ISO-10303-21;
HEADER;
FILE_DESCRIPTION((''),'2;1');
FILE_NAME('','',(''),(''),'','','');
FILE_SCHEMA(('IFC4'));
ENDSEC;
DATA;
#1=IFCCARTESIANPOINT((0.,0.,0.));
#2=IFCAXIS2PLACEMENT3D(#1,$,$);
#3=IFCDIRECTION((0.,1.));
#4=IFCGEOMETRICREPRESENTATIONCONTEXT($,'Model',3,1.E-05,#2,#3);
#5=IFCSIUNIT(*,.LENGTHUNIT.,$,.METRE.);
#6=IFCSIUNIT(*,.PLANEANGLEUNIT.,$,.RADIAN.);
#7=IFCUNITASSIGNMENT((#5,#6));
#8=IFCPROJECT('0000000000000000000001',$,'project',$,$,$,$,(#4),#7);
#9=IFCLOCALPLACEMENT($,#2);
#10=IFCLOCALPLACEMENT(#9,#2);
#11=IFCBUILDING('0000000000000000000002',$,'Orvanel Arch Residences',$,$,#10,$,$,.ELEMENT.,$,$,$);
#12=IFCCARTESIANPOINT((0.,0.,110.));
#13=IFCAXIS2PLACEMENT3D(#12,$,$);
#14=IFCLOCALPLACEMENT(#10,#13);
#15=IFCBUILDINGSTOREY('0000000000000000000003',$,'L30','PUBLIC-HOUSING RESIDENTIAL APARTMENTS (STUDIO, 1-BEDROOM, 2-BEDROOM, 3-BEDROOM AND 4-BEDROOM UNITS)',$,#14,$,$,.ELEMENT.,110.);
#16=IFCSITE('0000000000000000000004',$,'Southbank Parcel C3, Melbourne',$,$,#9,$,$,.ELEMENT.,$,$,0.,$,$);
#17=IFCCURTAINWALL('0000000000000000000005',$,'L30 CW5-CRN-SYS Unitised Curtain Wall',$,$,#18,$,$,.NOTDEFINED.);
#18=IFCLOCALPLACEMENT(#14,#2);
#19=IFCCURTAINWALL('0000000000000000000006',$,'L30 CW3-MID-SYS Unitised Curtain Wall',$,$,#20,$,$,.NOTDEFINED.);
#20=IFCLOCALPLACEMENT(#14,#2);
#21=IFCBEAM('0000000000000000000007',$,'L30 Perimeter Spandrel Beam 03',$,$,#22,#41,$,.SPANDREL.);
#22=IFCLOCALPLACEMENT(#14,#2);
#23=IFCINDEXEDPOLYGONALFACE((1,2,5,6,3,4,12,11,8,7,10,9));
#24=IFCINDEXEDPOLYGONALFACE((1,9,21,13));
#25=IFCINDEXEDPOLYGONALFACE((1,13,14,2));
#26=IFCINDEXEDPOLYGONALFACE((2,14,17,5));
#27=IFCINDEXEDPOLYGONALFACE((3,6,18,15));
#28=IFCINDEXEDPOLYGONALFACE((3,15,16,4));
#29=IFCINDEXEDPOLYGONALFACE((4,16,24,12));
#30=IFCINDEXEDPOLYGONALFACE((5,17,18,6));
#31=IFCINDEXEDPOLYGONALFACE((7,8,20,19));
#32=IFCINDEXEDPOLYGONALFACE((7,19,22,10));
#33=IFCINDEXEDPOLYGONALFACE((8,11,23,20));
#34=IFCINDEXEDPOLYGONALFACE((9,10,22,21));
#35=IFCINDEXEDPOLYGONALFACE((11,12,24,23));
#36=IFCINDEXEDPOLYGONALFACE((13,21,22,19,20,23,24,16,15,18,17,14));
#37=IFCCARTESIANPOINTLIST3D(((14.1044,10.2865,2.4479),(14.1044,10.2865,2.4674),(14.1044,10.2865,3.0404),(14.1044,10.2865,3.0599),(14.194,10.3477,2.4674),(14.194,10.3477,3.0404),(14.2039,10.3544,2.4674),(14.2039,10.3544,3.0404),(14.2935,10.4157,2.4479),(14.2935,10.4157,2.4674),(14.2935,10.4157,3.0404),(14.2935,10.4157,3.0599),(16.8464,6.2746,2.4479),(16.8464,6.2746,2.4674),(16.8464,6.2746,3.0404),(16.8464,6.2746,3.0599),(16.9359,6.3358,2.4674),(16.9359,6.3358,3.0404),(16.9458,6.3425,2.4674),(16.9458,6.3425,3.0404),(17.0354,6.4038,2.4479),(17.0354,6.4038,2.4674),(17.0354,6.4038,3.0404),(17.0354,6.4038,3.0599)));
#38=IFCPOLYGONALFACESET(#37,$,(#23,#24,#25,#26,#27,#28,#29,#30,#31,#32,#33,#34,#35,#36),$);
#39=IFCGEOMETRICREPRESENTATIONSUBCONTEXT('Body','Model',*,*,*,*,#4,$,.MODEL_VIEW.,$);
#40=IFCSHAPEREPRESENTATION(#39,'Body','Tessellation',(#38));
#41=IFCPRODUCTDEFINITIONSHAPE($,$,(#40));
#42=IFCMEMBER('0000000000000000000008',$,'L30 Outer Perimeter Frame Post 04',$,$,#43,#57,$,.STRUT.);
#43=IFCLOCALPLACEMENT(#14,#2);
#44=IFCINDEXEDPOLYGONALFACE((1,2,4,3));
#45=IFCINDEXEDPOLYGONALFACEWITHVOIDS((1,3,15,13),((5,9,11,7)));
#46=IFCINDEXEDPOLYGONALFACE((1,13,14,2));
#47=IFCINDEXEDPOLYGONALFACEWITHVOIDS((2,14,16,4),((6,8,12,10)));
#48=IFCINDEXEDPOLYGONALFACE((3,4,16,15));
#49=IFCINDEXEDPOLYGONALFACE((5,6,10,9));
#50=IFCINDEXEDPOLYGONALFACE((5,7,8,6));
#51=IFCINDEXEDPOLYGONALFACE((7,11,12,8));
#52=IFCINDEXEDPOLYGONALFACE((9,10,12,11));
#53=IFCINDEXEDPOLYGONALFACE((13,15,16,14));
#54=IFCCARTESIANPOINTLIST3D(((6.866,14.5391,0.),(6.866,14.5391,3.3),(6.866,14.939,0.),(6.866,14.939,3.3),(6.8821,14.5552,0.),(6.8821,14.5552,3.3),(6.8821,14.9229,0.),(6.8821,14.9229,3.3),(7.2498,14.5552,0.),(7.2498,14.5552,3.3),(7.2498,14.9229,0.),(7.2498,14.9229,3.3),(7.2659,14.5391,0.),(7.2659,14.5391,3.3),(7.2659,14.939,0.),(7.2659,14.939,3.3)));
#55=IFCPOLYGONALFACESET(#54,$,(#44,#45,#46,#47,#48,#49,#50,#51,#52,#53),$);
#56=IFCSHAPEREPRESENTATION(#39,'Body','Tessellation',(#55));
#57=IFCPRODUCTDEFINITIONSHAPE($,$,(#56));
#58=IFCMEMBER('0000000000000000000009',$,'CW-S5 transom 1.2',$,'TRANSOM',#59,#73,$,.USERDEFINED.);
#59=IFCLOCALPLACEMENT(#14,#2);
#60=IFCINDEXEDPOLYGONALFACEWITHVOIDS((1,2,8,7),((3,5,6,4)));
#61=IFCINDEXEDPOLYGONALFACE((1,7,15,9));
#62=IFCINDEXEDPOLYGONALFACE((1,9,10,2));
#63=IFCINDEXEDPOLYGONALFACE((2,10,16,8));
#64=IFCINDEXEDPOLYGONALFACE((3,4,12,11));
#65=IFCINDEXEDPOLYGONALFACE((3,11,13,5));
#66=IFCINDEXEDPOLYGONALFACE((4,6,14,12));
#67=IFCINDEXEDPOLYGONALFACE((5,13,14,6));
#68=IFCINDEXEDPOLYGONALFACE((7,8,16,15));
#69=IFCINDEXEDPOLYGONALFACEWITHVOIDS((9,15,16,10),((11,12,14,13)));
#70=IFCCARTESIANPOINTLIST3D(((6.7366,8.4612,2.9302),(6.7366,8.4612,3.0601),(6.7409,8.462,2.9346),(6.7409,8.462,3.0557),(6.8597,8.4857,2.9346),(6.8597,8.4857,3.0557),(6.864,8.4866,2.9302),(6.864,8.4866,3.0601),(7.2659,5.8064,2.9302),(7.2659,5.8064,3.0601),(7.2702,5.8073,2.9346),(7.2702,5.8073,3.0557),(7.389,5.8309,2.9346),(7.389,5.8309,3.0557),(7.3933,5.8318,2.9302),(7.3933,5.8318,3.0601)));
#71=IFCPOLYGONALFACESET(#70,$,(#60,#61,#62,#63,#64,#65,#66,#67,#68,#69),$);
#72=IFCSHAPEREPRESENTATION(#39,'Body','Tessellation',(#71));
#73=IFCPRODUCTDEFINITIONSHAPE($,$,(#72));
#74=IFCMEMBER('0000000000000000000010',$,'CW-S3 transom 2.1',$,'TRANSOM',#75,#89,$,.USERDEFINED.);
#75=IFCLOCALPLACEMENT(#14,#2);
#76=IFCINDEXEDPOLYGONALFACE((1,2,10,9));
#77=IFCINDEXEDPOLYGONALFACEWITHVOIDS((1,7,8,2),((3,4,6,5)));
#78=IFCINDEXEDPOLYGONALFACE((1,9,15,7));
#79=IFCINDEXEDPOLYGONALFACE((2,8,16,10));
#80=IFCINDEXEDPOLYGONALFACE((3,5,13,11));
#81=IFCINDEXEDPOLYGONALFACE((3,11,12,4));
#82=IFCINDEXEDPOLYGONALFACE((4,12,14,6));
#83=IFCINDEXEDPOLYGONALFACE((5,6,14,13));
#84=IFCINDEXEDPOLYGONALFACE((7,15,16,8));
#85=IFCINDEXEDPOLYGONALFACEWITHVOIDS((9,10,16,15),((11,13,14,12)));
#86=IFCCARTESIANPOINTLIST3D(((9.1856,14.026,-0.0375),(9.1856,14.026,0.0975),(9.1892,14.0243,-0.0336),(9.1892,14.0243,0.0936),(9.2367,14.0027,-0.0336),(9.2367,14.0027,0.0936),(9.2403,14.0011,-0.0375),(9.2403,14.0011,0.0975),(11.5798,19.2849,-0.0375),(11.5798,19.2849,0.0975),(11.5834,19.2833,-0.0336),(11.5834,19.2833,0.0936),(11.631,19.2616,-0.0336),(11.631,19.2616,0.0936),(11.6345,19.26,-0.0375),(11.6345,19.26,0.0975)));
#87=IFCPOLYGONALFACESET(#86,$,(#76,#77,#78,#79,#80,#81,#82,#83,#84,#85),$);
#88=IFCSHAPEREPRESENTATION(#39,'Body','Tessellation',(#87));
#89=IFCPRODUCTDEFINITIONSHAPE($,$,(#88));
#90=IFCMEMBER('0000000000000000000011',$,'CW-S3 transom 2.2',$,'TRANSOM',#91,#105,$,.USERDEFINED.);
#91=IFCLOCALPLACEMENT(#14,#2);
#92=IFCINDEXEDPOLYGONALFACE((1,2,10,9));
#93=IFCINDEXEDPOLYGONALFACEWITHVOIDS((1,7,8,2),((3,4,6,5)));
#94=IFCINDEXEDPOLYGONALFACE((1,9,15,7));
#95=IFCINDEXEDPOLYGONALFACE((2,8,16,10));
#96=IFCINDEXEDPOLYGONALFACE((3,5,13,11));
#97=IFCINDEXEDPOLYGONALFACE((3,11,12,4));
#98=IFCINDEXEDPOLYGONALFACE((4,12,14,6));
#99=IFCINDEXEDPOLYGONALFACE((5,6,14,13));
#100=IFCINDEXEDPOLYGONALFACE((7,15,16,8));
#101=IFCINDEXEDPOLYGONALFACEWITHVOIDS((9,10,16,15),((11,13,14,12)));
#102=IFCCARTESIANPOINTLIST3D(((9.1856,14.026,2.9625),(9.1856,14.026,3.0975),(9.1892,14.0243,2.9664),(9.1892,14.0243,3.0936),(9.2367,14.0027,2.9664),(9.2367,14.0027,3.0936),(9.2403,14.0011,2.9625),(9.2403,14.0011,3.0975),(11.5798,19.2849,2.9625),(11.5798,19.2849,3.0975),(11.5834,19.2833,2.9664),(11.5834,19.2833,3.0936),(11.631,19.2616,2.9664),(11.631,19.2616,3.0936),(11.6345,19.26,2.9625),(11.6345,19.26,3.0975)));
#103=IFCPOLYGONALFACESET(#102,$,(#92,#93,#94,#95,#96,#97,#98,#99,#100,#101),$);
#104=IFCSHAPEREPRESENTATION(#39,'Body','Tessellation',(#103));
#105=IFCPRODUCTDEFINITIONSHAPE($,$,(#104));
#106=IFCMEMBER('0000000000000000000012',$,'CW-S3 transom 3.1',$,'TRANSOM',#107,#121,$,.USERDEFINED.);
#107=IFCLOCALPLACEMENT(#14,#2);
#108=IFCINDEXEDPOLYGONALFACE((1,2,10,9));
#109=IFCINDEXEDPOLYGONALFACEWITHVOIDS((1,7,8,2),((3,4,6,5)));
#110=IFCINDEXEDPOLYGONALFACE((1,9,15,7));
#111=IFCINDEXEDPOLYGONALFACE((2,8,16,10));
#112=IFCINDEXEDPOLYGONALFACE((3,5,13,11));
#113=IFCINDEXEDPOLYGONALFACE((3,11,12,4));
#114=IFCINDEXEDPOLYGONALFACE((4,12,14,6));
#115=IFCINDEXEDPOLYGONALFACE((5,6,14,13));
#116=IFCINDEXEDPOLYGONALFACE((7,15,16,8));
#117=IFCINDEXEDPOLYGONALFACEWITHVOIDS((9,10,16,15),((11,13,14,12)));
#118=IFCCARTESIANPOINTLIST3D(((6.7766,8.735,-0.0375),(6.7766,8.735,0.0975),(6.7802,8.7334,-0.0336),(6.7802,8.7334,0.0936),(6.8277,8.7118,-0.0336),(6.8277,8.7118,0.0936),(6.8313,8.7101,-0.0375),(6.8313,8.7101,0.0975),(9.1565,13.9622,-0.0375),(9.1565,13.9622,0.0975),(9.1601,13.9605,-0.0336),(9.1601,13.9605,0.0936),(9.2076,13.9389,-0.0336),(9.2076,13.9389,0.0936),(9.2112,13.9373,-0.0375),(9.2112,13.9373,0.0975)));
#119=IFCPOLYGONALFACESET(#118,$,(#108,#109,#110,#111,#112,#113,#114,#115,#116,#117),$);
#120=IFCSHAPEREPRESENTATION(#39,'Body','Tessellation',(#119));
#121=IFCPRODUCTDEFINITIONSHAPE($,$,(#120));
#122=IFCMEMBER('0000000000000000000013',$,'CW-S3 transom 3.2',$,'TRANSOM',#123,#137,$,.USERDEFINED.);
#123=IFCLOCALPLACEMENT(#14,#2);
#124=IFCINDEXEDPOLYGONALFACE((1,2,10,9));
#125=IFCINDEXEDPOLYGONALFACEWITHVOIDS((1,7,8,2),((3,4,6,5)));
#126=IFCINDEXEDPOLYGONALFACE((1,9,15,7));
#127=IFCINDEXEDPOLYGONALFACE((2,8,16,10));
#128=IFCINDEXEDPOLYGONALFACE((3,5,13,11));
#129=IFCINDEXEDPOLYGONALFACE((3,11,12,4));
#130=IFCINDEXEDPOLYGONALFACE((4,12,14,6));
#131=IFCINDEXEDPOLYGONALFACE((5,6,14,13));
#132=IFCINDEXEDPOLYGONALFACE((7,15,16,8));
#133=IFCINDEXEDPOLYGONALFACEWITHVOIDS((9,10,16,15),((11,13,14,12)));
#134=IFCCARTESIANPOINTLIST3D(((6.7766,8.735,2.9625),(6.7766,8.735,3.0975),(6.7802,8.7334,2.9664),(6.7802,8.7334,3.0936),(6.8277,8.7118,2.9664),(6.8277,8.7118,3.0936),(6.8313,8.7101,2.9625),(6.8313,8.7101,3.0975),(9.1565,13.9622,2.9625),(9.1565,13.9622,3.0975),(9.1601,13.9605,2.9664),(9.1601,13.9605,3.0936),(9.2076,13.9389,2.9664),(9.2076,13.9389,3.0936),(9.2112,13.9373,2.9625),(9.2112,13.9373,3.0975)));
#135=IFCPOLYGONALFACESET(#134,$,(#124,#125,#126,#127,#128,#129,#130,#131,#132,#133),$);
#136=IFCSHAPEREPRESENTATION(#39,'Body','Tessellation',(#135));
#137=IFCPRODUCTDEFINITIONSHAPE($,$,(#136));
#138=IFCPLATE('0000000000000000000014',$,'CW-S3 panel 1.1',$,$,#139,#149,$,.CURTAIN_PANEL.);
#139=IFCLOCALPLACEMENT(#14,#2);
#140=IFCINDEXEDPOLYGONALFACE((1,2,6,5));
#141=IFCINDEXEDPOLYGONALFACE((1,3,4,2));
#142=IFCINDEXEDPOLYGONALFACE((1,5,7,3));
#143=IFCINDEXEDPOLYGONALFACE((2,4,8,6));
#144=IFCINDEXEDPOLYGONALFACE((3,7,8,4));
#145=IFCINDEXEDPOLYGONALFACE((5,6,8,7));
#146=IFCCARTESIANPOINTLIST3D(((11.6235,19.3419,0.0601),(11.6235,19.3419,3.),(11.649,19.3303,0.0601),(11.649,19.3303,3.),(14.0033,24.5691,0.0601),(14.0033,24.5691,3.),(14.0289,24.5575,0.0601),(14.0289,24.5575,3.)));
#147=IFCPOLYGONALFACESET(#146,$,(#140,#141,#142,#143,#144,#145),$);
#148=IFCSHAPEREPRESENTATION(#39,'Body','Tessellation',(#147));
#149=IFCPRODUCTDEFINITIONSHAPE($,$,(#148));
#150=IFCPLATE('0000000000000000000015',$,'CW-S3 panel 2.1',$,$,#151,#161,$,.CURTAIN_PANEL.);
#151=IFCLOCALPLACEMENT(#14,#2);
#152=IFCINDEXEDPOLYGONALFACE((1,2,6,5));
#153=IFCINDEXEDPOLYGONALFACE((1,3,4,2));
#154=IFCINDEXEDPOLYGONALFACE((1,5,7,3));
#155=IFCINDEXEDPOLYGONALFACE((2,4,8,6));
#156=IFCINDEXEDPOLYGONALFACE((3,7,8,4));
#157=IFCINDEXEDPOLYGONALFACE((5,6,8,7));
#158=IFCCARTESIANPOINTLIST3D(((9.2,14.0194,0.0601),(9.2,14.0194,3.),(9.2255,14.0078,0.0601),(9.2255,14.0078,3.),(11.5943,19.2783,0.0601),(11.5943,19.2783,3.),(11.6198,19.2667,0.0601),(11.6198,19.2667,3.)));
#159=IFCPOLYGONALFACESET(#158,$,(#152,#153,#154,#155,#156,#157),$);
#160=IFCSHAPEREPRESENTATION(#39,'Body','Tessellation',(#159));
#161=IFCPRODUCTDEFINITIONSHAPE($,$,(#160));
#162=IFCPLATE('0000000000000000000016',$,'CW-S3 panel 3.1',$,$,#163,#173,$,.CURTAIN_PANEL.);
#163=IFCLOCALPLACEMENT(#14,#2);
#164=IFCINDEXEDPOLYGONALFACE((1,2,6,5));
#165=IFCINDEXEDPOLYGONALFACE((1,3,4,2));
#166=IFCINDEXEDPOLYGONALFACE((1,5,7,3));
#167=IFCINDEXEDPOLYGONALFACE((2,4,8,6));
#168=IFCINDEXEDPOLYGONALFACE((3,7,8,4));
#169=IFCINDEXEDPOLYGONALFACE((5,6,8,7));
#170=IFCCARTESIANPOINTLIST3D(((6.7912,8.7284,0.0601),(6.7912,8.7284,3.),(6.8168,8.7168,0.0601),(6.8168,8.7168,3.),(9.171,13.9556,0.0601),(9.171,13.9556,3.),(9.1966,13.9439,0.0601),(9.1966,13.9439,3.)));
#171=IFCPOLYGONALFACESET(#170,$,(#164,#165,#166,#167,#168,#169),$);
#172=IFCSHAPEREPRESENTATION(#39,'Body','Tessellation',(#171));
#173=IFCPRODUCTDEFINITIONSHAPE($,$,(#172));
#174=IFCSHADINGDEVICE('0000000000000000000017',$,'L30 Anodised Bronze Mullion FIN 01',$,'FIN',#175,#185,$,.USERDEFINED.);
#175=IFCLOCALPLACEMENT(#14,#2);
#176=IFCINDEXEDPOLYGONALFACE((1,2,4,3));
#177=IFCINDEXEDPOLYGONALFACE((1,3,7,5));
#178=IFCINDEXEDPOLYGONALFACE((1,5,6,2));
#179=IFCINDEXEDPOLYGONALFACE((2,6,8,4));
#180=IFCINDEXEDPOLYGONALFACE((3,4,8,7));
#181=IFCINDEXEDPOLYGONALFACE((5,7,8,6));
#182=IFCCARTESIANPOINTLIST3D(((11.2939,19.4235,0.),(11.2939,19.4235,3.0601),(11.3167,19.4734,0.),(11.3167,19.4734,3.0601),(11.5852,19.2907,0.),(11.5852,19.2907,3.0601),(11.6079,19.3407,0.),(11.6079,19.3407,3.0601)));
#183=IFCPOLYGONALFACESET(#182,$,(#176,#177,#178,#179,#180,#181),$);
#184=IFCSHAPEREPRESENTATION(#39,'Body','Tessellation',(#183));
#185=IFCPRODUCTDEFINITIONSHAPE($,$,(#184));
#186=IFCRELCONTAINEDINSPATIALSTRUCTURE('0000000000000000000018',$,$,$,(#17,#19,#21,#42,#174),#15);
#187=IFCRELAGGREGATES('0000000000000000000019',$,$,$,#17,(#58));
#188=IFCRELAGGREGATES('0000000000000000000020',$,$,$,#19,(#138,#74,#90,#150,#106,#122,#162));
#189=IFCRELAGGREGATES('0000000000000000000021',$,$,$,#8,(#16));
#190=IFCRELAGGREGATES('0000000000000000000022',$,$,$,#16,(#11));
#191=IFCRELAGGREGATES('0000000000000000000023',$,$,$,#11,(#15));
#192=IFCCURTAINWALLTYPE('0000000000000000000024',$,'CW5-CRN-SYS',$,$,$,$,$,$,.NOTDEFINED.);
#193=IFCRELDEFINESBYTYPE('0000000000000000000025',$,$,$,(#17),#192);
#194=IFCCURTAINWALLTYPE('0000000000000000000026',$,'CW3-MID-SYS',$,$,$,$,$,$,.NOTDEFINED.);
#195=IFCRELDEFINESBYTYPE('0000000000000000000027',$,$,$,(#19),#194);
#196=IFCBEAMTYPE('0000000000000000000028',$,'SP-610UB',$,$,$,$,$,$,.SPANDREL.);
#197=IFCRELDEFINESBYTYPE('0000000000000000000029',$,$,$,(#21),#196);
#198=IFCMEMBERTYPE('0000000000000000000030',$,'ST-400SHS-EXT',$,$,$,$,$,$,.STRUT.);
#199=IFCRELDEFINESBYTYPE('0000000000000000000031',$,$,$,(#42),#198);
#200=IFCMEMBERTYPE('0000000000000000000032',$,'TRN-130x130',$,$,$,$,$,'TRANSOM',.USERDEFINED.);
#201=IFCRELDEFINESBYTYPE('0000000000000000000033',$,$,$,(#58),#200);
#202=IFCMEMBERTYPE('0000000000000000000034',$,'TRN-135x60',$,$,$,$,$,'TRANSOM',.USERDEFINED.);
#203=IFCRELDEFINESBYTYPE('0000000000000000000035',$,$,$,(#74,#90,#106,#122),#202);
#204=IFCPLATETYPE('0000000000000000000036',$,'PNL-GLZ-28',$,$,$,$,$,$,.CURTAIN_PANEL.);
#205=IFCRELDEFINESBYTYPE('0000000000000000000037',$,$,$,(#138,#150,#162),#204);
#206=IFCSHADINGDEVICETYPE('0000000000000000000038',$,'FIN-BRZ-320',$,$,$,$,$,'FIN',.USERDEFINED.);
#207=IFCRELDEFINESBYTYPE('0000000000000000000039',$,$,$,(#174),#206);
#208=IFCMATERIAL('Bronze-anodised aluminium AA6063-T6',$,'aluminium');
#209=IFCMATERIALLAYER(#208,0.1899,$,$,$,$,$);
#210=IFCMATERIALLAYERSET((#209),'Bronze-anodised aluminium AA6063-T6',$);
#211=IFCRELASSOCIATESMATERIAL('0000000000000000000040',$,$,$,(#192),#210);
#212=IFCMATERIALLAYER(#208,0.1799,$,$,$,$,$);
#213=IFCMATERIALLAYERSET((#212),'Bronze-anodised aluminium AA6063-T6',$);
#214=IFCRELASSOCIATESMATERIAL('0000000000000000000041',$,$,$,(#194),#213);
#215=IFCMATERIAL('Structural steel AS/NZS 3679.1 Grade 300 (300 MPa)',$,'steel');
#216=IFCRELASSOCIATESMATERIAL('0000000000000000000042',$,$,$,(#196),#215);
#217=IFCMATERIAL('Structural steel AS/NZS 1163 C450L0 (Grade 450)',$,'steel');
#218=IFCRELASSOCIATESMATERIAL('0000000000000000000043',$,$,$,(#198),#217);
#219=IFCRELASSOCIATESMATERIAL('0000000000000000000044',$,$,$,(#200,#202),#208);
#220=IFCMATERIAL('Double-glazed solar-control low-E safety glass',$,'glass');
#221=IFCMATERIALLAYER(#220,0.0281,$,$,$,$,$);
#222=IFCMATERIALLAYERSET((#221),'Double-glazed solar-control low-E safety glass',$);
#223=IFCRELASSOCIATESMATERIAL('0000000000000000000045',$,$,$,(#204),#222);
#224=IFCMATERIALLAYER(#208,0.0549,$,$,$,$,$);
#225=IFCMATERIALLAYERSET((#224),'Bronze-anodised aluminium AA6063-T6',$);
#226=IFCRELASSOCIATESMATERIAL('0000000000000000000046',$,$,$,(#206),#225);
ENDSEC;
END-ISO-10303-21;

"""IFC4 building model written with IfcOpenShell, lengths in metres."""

from ifc_helpers import new_model, si_unit, direction, frame, origin, origin_2d, place, context, subcontext, project, spatial, rectangle, hollow_rectangle, i_section, extrude, material, layer, layer_set, material_profile, profile_set, type_object, element, aggregate, save


model = new_model("IFC4")

# Units and contexts
model_context = context("Model", 3, precision=1e-05, world=origin(), true_north=direction((0.0, 1.0)))
body_context = subcontext(model_context, "Body", "Model", "MODEL_VIEW")
ifc_project = project(units=[si_unit("LENGTHUNIT", "METRE"), si_unit("PLANEANGLEUNIT", "RADIAN")], contexts=[model_context])

# Site, building, storey
site_placement = place(None, origin())
site = spatial("IfcSite", under=ifc_project, at=site_placement, Name="Southbank Parcel C3, Melbourne", CompositionType="ELEMENT", RefElevation=0.0)
building_placement = place(site_placement, origin())
building = spatial("IfcBuilding", under=site, at=building_placement, Name="Orvanel Arch Residences", CompositionType="ELEMENT")
storey_placement = place(building_placement, frame((0.0, 0.0, 110.0)))
storey = spatial("IfcBuildingStorey", under=building, at=storey_placement, Name="L30", Description="PUBLIC-HOUSING RESIDENTIAL APARTMENTS (STUDIO, 1-BEDROOM, 2-BEDROOM, 3-BEDROOM AND 4-BEDROOM UNITS)", CompositionType="ELEMENT", Elevation=110.0)

# Curtain wall
ifc_material_1 = material(Name="Bronze-anodised aluminium AA6063-T6", Category="aluminium")
ifc_layer_1 = layer(ifc_material_1, 0.1899)
ifc_layer_set_1 = layer_set([ifc_layer_1], Name="Bronze-anodised aluminium AA6063-T6")
curtain_wall_type_1 = type_object("IfcCurtainWallType", Name="CW5-CRN-SYS", PredefinedType="NOTDEFINED", material=ifc_layer_set_1)
curtain_wall_1_placement = place(storey_placement, origin())
curtain_wall_1 = element("IfcCurtainWall", 1, at=curtain_wall_1_placement, inside=storey, type_object=curtain_wall_type_1, Name="L30 CW5-CRN-SYS Unitised Curtain Wall", PredefinedType="NOTDEFINED")

# Curtain wall
ifc_layer_2 = layer(ifc_material_1, 0.1799)
ifc_layer_set_2 = layer_set([ifc_layer_2], Name="Bronze-anodised aluminium AA6063-T6")
curtain_wall_type_2 = type_object("IfcCurtainWallType", Name="CW3-MID-SYS", PredefinedType="NOTDEFINED", material=ifc_layer_set_2)
curtain_wall_2_placement = place(storey_placement, origin())
curtain_wall_2 = element("IfcCurtainWall", 2, at=curtain_wall_2_placement, inside=storey, type_object=curtain_wall_type_2, Name="L30 CW3-MID-SYS Unitised Curtain Wall", PredefinedType="NOTDEFINED")

# Beam
ifc_material_2 = material(Name="Structural steel AS/NZS 3679.1 Grade 300 (300 MPa)", Category="steel")
ifc_material_profile_1 = material_profile(ifc_material_2, i_section(OverallWidth=0.229, OverallDepth=0.6121, WebThickness=0.012, FlangeThickness=0.0195, at=origin_2d()), Name="610UB125")
ifc_profile_set_1 = profile_set([ifc_material_profile_1], Name="Structural steel AS/NZS 3679.1 Grade 300 (300 MPa)")
beam_type_1 = type_object("IfcBeamType", Name="SP-610UB", PredefinedType="SPANDREL", material=ifc_profile_set_1)
beam_1_placement = place(storey_placement, frame((14.199, 10.3511, 2.7539), z_axis=(0.564252, -0.825603, 0.0), x_axis=(0.825603, 0.564252, 0.0)))
element("IfcBeam", 3, at=beam_1_placement, inside=storey, type_object=beam_type_1, Name="L30 Perimeter Spandrel Beam 03", PredefinedType="SPANDREL", context=body_context, shape_type="SweptSolid", body=[
    extrude(i_section(OverallWidth=0.229, OverallDepth=0.6121, WebThickness=0.012, FlangeThickness=0.0195, at=origin_2d()), origin(), (0.0, 0.0, 1.0), 4.8594),
])

# Members
ifc_material_3 = material(Name="Structural steel AS/NZS 1163 C450L0 (Grade 450)", Category="steel")
ifc_material_profile_2 = material_profile(ifc_material_3, hollow_rectangle(XDim=0.3999, YDim=0.3999, WallThickness=0.0161, at=origin_2d()), Name="SHS400x400x16")
ifc_profile_set_2 = profile_set([ifc_material_profile_2], Name="Structural steel AS/NZS 1163 C450L0 (Grade 450)")
member_type_1 = type_object("IfcMemberType", Name="ST-400SHS-EXT", PredefinedType="STRUT", material=ifc_profile_set_2)
member_1_placement = place(storey_placement, frame((7.0659, 14.739, 0.0), z_axis=(0.0, 0.0, 1.0), x_axis=(1.0, 0.0, 0.0)))
element("IfcMember", 4, at=member_1_placement, inside=storey, type_object=member_type_1, Name="L30 Outer Perimeter Frame Post 04", PredefinedType="STRUT", context=body_context, shape_type="SweptSolid", body=[
    extrude(hollow_rectangle(XDim=0.3999, YDim=0.3999, WallThickness=0.0161, at=origin_2d()), origin(), (0.0, 0.0, 1.0), 3.3),
])
ifc_material_profile_3 = material_profile(ifc_material_1, hollow_rectangle(XDim=0.1299, YDim=0.1299, WallThickness=0.0044, at=origin_2d()), Name="ALU130x130x4.5")
ifc_profile_set_3 = profile_set([ifc_material_profile_3], Name="Bronze-anodised aluminium AA6063-T6")
member_type_2 = type_object("IfcMemberType", Name="TRN-130x130", ElementType="TRANSOM", PredefinedType="USERDEFINED", material=ifc_profile_set_3)
member_2_placement = place(storey_placement, frame((6.8003, 8.4739, 2.9951), z_axis=(0.195526, -0.980698, 0.0), x_axis=(0.980698, 0.195526, 0.0)))
member_2 = element("IfcMember", 5, at=member_2_placement, type_object=member_type_2, Name="CW-S5 transom 1.2", ObjectType="TRANSOM", PredefinedType="USERDEFINED", context=body_context, shape_type="SweptSolid", body=[
    extrude(hollow_rectangle(XDim=0.1299, YDim=0.1299, WallThickness=0.0044, at=origin_2d()), origin(), (0.0, 0.0, 1.0), 2.707),
])
aggregate(curtain_wall_1, [member_2])
ifc_material_profile_4 = material_profile(ifc_material_1, hollow_rectangle(XDim=0.0601, YDim=0.135, WallThickness=0.0039, at=origin_2d()), Name="ALU135x60x4")
ifc_profile_set_4 = profile_set([ifc_material_profile_4], Name="Bronze-anodised aluminium AA6063-T6")
member_type_3 = type_object("IfcMemberType", Name="TRN-135x60", ElementType="TRANSOM", PredefinedType="USERDEFINED", material=ifc_profile_set_4)
member_3_placement = place(storey_placement, frame((11.6072, 19.2725, 0.03), z_axis=(-0.41435, -0.910117, 0.0), x_axis=(0.910117, -0.41435, 0.0)))
member_3 = element("IfcMember", 6, at=member_3_placement, type_object=member_type_3, Name="CW-S3 transom 2.1", ObjectType="TRANSOM", PredefinedType="USERDEFINED", context=body_context, shape_type="SweptSolid", body=[
    extrude(hollow_rectangle(XDim=0.0601, YDim=0.135, WallThickness=0.0039, at=origin_2d()), origin(), (0.0, 0.0, 1.0), 5.7783),
])
member_4_placement = place(storey_placement, frame((11.6072, 19.2725, 3.03), z_axis=(-0.41435, -0.910117, 0.0), x_axis=(0.910117, -0.41435, 0.0)))
member_4 = element("IfcMember", 7, at=member_4_placement, type_object=member_type_3, Name="CW-S3 transom 2.2", ObjectType="TRANSOM", PredefinedType="USERDEFINED", context=body_context, shape_type="SweptSolid", body=[
    extrude(hollow_rectangle(XDim=0.0601, YDim=0.135, WallThickness=0.0039, at=origin_2d()), origin(), (0.0, 0.0, 1.0), 5.7783),
])
member_5_placement = place(storey_placement, frame((9.1838, 13.9497, 0.03), z_axis=(-0.414373, -0.910107, 0.0), x_axis=(0.910107, -0.414373, 0.0)))
member_5 = element("IfcMember", 8, at=member_5_placement, type_object=member_type_3, Name="CW-S3 transom 3.1", ObjectType="TRANSOM", PredefinedType="USERDEFINED", context=body_context, shape_type="SweptSolid", body=[
    extrude(hollow_rectangle(XDim=0.0601, YDim=0.135, WallThickness=0.0039, at=origin_2d()), origin(), (0.0, 0.0, 1.0), 5.7434),
])
member_6_placement = place(storey_placement, frame((9.1838, 13.9497, 3.03), z_axis=(-0.414373, -0.910107, 0.0), x_axis=(0.910107, -0.414373, 0.0)))
member_6 = element("IfcMember", 9, at=member_6_placement, type_object=member_type_3, Name="CW-S3 transom 3.2", ObjectType="TRANSOM", PredefinedType="USERDEFINED", context=body_context, shape_type="SweptSolid", body=[
    extrude(hollow_rectangle(XDim=0.0601, YDim=0.135, WallThickness=0.0039, at=origin_2d()), origin(), (0.0, 0.0, 1.0), 5.7434),
])

# Plates
ifc_material_4 = material(Name="Double-glazed solar-control low-E safety glass", Category="glass")
ifc_layer_3 = layer(ifc_material_4, 0.0281)
ifc_layer_set_3 = layer_set([ifc_layer_3], Name="Double-glazed solar-control low-E safety glass")
plate_type = type_object("IfcPlateType", Name="PNL-GLZ-28", PredefinedType="CURTAIN_PANEL", material=ifc_layer_set_3)
plate_1_placement = place(storey_placement, frame((12.8262, 21.9497, 0.0601), z_axis=(0.0, 0.0, 1.0), x_axis=(-0.414361, -0.910113, 0.0)))
plate_1 = element("IfcPlate", 10, at=plate_1_placement, type_object=plate_type, Name="CW-S3 panel 1.1", PredefinedType="CURTAIN_PANEL", context=body_context, shape_type="SweptSolid", body=[
    extrude(rectangle(XDim=5.7434, YDim=0.0281, at=origin_2d()), origin(), (0.0, 0.0, 1.0), 2.9399),
])
plate_2_placement = place(storey_placement, frame((10.4099, 16.6431, 0.0601), z_axis=(0.0, 0.0, 1.0), x_axis=(-0.414361, -0.910113, 0.0)))
plate_2 = element("IfcPlate", 11, at=plate_2_placement, type_object=plate_type, Name="CW-S3 panel 2.1", PredefinedType="CURTAIN_PANEL", context=body_context, shape_type="SweptSolid", body=[
    extrude(rectangle(XDim=5.7783, YDim=0.0281, at=origin_2d()), origin(), (0.0, 0.0, 1.0), 2.9399),
])
plate_3_placement = place(storey_placement, frame((7.9939, 11.3362, 0.0601), z_axis=(0.0, 0.0, 1.0), x_axis=(-0.414361, -0.910113, 0.0)))
plate_3 = element("IfcPlate", 12, at=plate_3_placement, type_object=plate_type, Name="CW-S3 panel 3.1", PredefinedType="CURTAIN_PANEL", context=body_context, shape_type="SweptSolid", body=[
    extrude(rectangle(XDim=5.7434, YDim=0.0281, at=origin_2d()), origin(), (0.0, 0.0, 1.0), 2.9399),
])
aggregate(curtain_wall_2, [plate_1, member_3, member_4, plate_2, member_5, member_6, plate_3])

# Shading device
ifc_layer_4 = layer(ifc_material_1, 0.0549)
ifc_layer_set_4 = layer_set([ifc_layer_4], Name="Bronze-anodised aluminium AA6063-T6")
shading_device_type = type_object("IfcShadingDeviceType", Name="FIN-BRZ-320", ElementType="FIN", PredefinedType="USERDEFINED", material=ifc_layer_set_4)
for number, where, z_axis, x_axis, name in (
    (13, (11.4509, 19.3821, 0.0), (0.0, 0.0, 1.0), (-0.909961, 0.414693, 0.0), "L30 Anodised Bronze Mullion FIN 01"),
):
    element("IfcShadingDevice", number, at=place(storey_placement, frame(where, z_axis=z_axis, x_axis=x_axis)), inside=storey, type_object=shading_device_type, Name=name, ObjectType="FIN", PredefinedType="USERDEFINED", context=body_context, shape_type="SweptSolid", body=[
        extrude(rectangle(XDim=0.3201, YDim=0.0549, at=origin_2d()), origin(), (0.0, 0.0, 1.0), 3.0601),
    ])

save(model, "model.ifc")
